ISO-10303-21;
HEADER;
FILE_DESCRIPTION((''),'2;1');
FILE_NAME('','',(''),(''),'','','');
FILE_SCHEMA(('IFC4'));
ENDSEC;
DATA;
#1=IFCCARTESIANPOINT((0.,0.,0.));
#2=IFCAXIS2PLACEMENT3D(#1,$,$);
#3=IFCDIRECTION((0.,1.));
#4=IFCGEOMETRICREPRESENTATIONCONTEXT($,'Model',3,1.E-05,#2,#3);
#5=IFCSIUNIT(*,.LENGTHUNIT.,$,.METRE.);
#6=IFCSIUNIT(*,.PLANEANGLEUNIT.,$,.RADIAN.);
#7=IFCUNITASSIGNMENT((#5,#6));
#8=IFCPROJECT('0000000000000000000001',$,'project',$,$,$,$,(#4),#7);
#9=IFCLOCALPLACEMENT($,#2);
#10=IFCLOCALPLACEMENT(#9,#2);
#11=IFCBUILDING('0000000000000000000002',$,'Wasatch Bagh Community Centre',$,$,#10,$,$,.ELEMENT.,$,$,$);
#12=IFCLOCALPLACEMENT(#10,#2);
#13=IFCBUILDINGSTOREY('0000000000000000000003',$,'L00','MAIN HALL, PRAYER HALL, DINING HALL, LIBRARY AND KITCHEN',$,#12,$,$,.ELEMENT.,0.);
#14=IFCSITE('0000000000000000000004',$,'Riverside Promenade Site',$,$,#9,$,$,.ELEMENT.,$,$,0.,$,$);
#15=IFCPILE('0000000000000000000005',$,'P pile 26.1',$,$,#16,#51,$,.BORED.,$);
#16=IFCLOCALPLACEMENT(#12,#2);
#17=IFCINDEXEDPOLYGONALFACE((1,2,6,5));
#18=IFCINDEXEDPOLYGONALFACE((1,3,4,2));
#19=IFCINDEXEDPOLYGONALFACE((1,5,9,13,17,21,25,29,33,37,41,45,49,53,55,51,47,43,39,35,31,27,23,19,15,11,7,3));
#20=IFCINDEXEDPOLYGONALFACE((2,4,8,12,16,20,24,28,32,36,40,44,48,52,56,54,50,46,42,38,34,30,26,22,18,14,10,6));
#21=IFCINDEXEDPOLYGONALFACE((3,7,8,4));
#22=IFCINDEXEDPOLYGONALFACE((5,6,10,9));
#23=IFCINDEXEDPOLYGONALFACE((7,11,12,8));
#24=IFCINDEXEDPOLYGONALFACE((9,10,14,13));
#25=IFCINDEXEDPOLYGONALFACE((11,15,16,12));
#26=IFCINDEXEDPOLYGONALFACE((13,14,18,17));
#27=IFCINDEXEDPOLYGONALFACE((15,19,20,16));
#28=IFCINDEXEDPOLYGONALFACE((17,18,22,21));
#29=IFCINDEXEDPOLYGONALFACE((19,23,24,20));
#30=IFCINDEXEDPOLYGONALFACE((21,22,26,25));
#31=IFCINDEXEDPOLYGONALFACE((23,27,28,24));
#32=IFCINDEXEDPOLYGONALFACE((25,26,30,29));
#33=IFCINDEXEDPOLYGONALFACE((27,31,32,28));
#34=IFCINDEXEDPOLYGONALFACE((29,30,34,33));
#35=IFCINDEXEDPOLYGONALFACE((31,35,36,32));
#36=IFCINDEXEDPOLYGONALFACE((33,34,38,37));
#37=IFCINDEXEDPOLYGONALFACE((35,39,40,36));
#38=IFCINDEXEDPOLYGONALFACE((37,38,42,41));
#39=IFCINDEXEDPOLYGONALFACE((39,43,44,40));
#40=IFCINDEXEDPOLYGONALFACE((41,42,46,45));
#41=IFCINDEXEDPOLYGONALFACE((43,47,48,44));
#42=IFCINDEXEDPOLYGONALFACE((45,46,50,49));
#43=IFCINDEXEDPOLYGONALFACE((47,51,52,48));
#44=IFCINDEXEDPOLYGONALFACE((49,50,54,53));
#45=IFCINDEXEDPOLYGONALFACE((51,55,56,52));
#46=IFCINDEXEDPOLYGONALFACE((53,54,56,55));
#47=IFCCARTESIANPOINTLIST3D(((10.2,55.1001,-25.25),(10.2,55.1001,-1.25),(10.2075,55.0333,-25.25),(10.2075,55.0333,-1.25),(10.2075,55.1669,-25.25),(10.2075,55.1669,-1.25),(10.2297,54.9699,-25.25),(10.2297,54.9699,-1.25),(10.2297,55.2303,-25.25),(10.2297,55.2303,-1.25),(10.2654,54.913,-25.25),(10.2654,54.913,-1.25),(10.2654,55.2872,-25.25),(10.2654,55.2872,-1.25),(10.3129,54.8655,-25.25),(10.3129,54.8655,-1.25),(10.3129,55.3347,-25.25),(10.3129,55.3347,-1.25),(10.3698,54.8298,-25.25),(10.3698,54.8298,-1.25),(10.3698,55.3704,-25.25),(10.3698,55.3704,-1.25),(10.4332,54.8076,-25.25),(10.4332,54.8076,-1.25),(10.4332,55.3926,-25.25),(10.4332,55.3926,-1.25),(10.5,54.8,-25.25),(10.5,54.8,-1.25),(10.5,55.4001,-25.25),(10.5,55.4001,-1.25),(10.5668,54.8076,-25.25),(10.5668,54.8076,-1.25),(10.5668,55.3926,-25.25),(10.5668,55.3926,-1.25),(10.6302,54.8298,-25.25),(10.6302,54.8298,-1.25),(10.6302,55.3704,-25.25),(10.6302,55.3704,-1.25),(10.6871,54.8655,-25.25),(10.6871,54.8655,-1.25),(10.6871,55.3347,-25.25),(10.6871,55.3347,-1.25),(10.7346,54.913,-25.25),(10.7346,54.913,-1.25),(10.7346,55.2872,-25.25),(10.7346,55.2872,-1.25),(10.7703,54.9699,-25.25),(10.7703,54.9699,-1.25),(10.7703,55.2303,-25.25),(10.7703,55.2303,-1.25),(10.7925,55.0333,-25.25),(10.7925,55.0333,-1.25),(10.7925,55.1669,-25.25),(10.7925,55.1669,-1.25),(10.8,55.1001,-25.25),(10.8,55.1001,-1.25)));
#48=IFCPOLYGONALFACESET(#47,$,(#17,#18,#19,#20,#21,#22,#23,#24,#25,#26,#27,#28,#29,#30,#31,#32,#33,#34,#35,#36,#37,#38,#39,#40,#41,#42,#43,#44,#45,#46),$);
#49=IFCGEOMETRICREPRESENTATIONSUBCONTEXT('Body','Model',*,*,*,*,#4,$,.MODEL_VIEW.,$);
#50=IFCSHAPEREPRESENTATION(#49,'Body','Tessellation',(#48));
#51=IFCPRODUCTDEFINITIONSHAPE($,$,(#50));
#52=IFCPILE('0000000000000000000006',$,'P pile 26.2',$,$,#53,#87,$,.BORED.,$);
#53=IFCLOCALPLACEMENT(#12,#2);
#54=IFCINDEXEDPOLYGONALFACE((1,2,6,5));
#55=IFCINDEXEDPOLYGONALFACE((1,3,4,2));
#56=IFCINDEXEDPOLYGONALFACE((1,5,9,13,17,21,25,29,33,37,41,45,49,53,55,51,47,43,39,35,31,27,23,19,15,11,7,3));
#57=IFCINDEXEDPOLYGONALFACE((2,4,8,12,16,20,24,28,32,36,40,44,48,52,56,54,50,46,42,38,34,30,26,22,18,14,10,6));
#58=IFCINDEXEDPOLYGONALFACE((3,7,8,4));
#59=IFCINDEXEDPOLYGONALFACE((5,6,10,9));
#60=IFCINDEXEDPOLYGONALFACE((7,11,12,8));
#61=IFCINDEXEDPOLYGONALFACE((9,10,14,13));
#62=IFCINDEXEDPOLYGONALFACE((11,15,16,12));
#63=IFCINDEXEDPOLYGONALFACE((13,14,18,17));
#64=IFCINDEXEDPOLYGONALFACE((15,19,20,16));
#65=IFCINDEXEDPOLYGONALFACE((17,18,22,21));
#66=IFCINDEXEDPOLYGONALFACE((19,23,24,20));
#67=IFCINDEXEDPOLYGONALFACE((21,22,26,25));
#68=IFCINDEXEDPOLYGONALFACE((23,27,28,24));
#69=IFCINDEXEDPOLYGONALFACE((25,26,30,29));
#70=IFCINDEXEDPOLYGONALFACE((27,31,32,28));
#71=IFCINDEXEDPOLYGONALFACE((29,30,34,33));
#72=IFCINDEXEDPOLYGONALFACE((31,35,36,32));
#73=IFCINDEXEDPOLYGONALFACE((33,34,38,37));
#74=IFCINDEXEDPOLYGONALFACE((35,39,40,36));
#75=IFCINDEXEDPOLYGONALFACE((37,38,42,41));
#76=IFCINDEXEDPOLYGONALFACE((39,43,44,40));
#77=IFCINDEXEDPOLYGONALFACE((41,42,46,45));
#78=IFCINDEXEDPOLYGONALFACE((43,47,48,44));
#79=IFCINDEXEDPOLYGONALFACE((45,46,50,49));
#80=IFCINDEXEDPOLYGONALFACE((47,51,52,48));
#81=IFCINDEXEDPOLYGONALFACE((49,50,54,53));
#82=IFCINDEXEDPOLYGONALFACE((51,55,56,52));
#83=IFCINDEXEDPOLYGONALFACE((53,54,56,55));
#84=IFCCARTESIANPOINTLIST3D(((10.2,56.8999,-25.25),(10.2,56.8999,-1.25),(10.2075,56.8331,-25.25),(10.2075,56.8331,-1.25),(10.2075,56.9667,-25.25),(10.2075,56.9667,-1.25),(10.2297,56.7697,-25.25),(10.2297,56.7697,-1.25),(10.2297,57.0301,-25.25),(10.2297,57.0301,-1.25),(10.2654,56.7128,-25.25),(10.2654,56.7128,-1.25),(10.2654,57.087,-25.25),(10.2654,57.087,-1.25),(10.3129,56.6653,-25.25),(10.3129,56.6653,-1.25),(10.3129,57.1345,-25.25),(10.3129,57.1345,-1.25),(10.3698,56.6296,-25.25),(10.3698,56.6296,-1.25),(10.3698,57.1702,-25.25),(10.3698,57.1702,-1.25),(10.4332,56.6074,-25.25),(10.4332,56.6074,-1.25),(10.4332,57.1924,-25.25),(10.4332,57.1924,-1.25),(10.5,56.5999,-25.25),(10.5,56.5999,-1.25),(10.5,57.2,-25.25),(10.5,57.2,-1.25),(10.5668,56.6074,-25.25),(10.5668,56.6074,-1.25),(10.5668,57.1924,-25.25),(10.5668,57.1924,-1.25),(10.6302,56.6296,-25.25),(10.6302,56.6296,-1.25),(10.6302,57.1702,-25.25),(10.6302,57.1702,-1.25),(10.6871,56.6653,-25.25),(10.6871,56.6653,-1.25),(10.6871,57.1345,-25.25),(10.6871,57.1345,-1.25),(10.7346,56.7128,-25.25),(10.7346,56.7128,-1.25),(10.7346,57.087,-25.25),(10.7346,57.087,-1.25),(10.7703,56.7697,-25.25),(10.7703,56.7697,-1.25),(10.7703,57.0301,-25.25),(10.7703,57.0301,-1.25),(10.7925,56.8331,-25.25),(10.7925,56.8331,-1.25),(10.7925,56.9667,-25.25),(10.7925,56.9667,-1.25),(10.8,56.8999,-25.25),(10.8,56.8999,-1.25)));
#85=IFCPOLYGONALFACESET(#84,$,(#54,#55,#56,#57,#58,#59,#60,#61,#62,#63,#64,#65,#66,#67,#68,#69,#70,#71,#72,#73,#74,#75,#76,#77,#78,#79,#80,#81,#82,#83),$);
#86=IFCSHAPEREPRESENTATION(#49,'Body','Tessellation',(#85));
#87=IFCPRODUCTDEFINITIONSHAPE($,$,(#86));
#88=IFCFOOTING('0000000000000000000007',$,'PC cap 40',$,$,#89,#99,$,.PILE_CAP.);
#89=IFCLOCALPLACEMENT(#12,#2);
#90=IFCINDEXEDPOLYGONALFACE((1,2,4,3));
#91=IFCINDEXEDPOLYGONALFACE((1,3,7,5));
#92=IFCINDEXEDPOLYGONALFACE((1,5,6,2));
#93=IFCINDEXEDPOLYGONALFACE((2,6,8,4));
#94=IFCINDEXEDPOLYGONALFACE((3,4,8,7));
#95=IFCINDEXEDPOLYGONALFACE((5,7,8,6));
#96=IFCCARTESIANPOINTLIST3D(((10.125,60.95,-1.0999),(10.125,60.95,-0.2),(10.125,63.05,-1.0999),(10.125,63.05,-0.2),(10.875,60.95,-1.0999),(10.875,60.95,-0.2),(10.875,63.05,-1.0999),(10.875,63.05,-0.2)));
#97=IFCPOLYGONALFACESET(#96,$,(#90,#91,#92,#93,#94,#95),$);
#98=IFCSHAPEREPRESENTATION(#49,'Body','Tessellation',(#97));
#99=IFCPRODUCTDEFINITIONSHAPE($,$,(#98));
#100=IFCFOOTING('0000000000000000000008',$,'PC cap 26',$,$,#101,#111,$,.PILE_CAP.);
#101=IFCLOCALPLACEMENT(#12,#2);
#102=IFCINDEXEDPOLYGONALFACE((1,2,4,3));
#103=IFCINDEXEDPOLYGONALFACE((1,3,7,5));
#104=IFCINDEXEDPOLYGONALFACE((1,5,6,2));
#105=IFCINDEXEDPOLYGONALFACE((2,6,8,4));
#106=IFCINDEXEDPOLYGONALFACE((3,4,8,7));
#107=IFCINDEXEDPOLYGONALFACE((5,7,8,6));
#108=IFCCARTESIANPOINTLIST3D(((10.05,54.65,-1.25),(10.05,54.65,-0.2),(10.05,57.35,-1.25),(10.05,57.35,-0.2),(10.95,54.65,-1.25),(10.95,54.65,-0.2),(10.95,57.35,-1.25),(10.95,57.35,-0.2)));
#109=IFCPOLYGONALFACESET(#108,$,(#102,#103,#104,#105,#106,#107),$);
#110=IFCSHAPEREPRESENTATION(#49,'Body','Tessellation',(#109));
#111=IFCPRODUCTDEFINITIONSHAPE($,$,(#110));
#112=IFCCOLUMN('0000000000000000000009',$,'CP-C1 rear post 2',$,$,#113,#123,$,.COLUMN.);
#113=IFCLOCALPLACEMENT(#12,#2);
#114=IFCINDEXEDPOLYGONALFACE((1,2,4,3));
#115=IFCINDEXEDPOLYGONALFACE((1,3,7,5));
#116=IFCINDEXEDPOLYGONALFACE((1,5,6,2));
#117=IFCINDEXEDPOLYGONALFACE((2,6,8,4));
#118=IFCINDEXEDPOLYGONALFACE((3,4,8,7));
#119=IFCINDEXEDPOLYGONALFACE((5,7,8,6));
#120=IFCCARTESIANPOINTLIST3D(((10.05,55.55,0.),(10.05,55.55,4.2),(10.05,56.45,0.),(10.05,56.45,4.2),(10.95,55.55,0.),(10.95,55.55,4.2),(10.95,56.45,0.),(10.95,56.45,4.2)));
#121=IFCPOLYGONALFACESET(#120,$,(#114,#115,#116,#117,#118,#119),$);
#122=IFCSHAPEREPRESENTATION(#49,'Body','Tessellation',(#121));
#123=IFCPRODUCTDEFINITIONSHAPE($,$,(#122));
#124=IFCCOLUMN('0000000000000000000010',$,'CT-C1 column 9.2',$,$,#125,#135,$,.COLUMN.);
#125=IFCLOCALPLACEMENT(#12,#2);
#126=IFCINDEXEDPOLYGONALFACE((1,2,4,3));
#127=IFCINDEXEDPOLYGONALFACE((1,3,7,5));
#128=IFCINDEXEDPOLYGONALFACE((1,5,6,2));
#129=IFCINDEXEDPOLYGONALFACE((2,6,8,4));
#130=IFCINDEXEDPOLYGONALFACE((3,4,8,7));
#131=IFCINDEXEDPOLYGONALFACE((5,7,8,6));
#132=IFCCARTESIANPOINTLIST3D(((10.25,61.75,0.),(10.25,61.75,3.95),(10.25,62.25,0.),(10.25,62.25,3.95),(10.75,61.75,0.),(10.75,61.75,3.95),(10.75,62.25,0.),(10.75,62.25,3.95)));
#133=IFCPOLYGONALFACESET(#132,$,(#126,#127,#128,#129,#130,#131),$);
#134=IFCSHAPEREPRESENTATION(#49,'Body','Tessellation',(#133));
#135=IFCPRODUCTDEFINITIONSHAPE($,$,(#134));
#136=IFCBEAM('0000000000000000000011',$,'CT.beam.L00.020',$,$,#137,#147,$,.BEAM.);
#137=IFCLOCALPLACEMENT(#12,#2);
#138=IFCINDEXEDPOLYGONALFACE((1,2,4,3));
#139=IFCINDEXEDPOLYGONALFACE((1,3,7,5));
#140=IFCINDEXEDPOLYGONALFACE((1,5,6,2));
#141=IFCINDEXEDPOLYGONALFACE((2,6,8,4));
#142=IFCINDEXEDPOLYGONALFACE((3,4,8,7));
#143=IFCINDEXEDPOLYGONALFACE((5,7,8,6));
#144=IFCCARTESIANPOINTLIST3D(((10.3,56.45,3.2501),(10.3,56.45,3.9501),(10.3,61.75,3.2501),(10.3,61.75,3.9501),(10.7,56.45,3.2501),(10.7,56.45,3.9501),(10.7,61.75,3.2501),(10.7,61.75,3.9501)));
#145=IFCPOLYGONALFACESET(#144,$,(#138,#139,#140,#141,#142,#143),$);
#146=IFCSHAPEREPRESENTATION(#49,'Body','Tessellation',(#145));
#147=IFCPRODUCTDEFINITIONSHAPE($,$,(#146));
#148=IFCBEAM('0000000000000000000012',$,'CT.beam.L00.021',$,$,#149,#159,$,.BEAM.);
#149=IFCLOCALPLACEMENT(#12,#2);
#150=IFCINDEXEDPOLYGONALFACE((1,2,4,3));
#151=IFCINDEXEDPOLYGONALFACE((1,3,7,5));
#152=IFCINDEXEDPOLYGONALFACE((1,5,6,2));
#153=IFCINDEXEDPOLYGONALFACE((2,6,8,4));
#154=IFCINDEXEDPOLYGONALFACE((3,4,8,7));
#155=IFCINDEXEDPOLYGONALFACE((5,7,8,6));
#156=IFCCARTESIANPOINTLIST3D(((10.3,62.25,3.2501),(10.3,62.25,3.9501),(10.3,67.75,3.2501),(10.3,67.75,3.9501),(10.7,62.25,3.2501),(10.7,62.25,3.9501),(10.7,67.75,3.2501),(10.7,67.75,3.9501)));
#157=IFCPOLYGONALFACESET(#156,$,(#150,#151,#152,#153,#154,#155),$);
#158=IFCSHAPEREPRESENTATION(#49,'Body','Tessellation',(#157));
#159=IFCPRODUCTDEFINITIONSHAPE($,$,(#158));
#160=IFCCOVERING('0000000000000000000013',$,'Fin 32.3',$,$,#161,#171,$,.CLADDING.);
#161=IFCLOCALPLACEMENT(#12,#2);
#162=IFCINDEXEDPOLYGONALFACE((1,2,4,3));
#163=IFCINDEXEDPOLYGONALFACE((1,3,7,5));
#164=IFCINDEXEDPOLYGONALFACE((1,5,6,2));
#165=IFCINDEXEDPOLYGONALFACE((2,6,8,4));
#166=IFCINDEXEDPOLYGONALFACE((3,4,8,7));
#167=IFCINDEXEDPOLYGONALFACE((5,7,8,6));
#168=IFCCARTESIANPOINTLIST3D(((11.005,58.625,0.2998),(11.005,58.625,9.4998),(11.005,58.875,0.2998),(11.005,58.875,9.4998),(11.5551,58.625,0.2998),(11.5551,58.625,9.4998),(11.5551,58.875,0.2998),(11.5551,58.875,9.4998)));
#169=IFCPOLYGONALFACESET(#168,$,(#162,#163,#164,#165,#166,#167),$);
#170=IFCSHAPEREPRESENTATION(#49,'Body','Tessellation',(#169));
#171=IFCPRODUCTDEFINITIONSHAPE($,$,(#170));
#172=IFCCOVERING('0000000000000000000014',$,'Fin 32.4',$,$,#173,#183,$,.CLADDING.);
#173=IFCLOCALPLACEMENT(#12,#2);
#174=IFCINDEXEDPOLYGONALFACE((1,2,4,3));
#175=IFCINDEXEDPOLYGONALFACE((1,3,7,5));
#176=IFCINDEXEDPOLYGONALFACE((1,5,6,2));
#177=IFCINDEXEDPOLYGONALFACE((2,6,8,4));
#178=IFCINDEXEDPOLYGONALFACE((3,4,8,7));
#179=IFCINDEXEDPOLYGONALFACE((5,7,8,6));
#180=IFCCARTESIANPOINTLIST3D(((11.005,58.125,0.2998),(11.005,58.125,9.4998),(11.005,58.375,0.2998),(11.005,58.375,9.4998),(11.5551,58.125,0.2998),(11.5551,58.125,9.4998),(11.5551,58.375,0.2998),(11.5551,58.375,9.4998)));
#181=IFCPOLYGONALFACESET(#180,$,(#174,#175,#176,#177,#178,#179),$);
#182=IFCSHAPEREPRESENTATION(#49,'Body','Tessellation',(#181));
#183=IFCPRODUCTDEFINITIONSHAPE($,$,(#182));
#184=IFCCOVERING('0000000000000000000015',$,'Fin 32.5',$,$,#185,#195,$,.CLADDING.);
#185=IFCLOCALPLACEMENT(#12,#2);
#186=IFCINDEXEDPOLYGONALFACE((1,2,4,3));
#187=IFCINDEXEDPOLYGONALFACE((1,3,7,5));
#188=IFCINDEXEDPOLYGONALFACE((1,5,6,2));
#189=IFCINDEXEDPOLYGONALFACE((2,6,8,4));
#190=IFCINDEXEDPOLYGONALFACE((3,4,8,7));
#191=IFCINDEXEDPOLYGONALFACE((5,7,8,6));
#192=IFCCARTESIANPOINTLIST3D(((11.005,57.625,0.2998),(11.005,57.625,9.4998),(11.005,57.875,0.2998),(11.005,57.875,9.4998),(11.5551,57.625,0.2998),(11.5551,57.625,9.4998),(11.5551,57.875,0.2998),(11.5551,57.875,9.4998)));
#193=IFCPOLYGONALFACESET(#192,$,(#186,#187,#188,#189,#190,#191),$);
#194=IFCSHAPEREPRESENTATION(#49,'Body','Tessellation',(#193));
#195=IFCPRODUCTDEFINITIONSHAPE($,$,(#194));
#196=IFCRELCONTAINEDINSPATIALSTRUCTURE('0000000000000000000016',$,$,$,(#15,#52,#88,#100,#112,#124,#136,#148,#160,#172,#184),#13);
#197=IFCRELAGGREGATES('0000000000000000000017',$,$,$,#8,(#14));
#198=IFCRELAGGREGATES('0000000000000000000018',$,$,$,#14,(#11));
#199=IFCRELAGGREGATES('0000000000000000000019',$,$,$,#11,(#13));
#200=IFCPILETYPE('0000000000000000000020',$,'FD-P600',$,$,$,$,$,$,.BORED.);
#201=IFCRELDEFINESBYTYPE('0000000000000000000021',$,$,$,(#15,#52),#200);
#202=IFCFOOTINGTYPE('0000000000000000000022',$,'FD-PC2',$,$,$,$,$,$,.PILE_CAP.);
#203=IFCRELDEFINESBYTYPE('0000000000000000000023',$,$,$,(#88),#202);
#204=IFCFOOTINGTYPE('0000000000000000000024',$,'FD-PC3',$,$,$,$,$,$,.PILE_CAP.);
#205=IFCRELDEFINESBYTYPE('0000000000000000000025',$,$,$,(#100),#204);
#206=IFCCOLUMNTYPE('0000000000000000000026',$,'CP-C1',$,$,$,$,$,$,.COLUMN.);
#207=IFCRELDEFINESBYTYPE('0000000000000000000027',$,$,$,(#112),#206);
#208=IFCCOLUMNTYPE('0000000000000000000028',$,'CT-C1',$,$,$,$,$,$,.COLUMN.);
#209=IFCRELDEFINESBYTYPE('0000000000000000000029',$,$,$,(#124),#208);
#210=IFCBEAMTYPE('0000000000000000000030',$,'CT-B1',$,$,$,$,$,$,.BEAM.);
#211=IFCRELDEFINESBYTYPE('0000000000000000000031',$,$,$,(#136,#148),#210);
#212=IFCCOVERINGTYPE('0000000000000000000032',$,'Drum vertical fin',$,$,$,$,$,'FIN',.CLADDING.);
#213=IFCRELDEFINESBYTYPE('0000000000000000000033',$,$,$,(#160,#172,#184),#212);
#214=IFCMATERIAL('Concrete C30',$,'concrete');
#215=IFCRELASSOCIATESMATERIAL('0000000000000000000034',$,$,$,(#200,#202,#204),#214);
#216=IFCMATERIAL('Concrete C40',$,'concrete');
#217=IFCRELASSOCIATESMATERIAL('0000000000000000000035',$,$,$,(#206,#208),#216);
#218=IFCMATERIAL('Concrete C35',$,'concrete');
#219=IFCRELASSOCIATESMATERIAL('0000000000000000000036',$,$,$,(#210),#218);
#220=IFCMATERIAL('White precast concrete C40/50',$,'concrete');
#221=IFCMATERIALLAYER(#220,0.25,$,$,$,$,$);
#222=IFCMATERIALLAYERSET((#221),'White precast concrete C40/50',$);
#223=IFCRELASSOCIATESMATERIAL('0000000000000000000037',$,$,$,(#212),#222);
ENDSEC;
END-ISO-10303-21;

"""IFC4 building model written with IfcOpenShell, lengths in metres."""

from ifc_helpers import new_model, si_unit, direction, frame, origin, origin_2d, place, context, subcontext, project, spatial, rectangle, circle, extrude, material, layer, layer_set, material_profile, profile_set, type_object, element, save


model = new_model("IFC4")

# Units and contexts
model_context = context("Model", 3, precision=1e-05, world=origin(), true_north=direction((0.0, 1.0)))
body_context = subcontext(model_context, "Body", "Model", "MODEL_VIEW")
ifc_project = project(units=[si_unit("LENGTHUNIT", "METRE"), si_unit("PLANEANGLEUNIT", "RADIAN")], contexts=[model_context])

# Site, building, storey
site_placement = place(None, origin())
site = spatial("IfcSite", under=ifc_project, at=site_placement, Name="Riverside Promenade Site", CompositionType="ELEMENT", RefElevation=0.0)
building_placement = place(site_placement, origin())
building = spatial("IfcBuilding", under=site, at=building_placement, Name="Wasatch Bagh Community Centre", CompositionType="ELEMENT")
storey_placement = place(building_placement, origin())
storey = spatial("IfcBuildingStorey", under=building, at=storey_placement, Name="L00", Description="MAIN HALL, PRAYER HALL, DINING HALL, LIBRARY AND KITCHEN", CompositionType="ELEMENT", Elevation=0.0)

# Shared definitions
ifc_material_1 = material(Name="Concrete C35", Category="concrete")

# Piles
ifc_material_2 = material(Name="Concrete C30", Category="concrete")
ifc_material_profile_1 = material_profile(ifc_material_2, circle(Radius=0.3, at=origin_2d()), Name="RC D600")
ifc_profile_set_1 = profile_set([ifc_material_profile_1], Name="Concrete C30")
pile_type_1 = type_object("IfcPileType", Name="FD-P600", PredefinedType="BORED", material=ifc_profile_set_1)
for number, where, z_axis, x_axis, name in (
    (1, (10.5, 55.1001, -1.25), (0.0, 0.0, -1.0), (1.0, 0.0, 0.0), "P pile 26.1"),
    (2, (10.5, 56.8999, -1.25), (0.0, 0.0, -1.0), (1.0, 0.0, 0.0), "P pile 26.2"),
):
    element("IfcPile", number, at=place(storey_placement, frame(where, z_axis=z_axis, x_axis=x_axis)), inside=storey, type_object=pile_type_1, Name=name, PredefinedType="BORED", context=body_context, shape_type="SweptSolid", body=[
        extrude(circle(Radius=0.3, at=origin_2d()), origin(), (0.0, 0.0, 1.0), 24.0),
    ])

# Footings
footing_type_1 = type_object("IfcFootingType", Name="FD-PC2", PredefinedType="PILE_CAP", material=ifc_material_2)
footing_1_placement = place(storey_placement, frame((10.5, 62.0, -1.0999), z_axis=(0.0, 0.0, 1.0), x_axis=(0.0, 1.0, 0.0)))
element("IfcFooting", 3, at=footing_1_placement, inside=storey, type_object=footing_type_1, Name="PC cap 40", PredefinedType="PILE_CAP", context=body_context, shape_type="SweptSolid", body=[
    extrude(rectangle(XDim=2.1001, YDim=0.75, at=origin_2d()), origin(), (0.0, 0.0, 1.0), 0.8999),
])
footing_type_2 = type_object("IfcFootingType", Name="FD-PC3", PredefinedType="PILE_CAP", material=ifc_material_2)
footing_2_placement = place(storey_placement, frame((10.5, 56.0, -1.25), z_axis=(0.0, 0.0, 1.0), x_axis=(0.0, 1.0, 0.0)))
element("IfcFooting", 4, at=footing_2_placement, inside=storey, type_object=footing_type_2, Name="PC cap 26", PredefinedType="PILE_CAP", context=body_context, shape_type="SweptSolid", body=[
    extrude(rectangle(XDim=2.7, YDim=0.8999, at=origin_2d()), origin(), (0.0, 0.0, 1.0), 1.05),
])

# Columns
ifc_material_3 = material(Name="Concrete C40", Category="concrete")
ifc_material_profile_2 = material_profile(ifc_material_3, rectangle(XDim=0.8999, YDim=0.8999, at=origin_2d()), Name="RC 900x900")
ifc_profile_set_2 = profile_set([ifc_material_profile_2], Name="Concrete C40")
column_type_1 = type_object("IfcColumnType", Name="CP-C1", PredefinedType="COLUMN", material=ifc_profile_set_2)
column_1_placement = place(storey_placement, frame((10.5, 56.0, 0.0), z_axis=(0.0, 0.0, 1.0), x_axis=(1.0, 0.0, 0.0)))
element("IfcColumn", 5, at=column_1_placement, inside=storey, type_object=column_type_1, Name="CP-C1 rear post 2", PredefinedType="COLUMN", context=body_context, shape_type="SweptSolid", body=[
    extrude(rectangle(XDim=0.8999, YDim=0.8999, at=origin_2d()), origin(), (0.0, 0.0, 1.0), 4.2),
])
ifc_material_profile_3 = material_profile(ifc_material_3, rectangle(XDim=0.5, YDim=0.5, at=origin_2d()), Name="RC 500x500")
ifc_profile_set_3 = profile_set([ifc_material_profile_3], Name="Concrete C40")
column_type_2 = type_object("IfcColumnType", Name="CT-C1", PredefinedType="COLUMN", material=ifc_profile_set_3)
column_2_placement = place(storey_placement, frame((10.5, 62.0, 0.0), z_axis=(0.0, 0.0, 1.0), x_axis=(1.0, 0.0, 0.0)))
element("IfcColumn", 6, at=column_2_placement, inside=storey, type_object=column_type_2, Name="CT-C1 column 9.2", PredefinedType="COLUMN", context=body_context, shape_type="SweptSolid", body=[
    extrude(rectangle(XDim=0.5, YDim=0.5, at=origin_2d()), origin(), (0.0, 0.0, 1.0), 3.95),
])

# Beams
ifc_material_profile_4 = material_profile(ifc_material_1, rectangle(XDim=0.3999, YDim=0.7, at=origin_2d()), Name="RC 400x700")
ifc_profile_set_4 = profile_set([ifc_material_profile_4], Name="Concrete C35")
beam_type = type_object("IfcBeamType", Name="CT-B1", PredefinedType="BEAM", material=ifc_profile_set_4)
beam_1_placement = place(storey_placement, frame((10.5, 56.45, 3.6001), z_axis=(0.0, 1.0, 0.0), x_axis=(-1.0, 0.0, 0.0)))
element("IfcBeam", 7, at=beam_1_placement, inside=storey, type_object=beam_type, Name="CT.beam.L00.020", PredefinedType="BEAM", context=body_context, shape_type="SweptSolid", body=[
    extrude(rectangle(XDim=0.3999, YDim=0.7, at=origin_2d()), origin(), (0.0, 0.0, 1.0), 5.3),
])
beam_2_placement = place(storey_placement, frame((10.5, 62.25, 3.6001), z_axis=(0.0, 1.0, 0.0), x_axis=(-1.0, 0.0, 0.0)))
element("IfcBeam", 8, at=beam_2_placement, inside=storey, type_object=beam_type, Name="CT.beam.L00.021", PredefinedType="BEAM", context=body_context, shape_type="SweptSolid", body=[
    extrude(rectangle(XDim=0.3999, YDim=0.7, at=origin_2d()), origin(), (0.0, 0.0, 1.0), 5.5),
])

# Coverings
ifc_material_4 = material(Name="White precast concrete C40/50", Category="concrete")
ifc_layer = layer(ifc_material_4, 0.25)
ifc_layer_set = layer_set([ifc_layer], Name="White precast concrete C40/50")
covering_type = type_object("IfcCoveringType", Name="Drum vertical fin", ElementType="FIN", PredefinedType="CLADDING", material=ifc_layer_set)
for number, where, z_axis, x_axis, name in (
    (9, (11.28, 58.75, 0.2998), (0.0, 0.0, 1.0), (0.0, -1.0, 0.0), "Fin 32.3"),
    (10, (11.28, 58.25, 0.2998), (0.0, 0.0, 1.0), (0.0, -1.0, 0.0), "Fin 32.4"),
    (11, (11.28, 57.75, 0.2998), (0.0, 0.0, 1.0), (0.0, -1.0, 0.0), "Fin 32.5"),
):
    element("IfcCovering", number, at=place(storey_placement, frame(where, z_axis=z_axis, x_axis=x_axis)), inside=storey, type_object=covering_type, Name=name, PredefinedType="CLADDING", context=body_context, shape_type="SweptSolid", body=[
        extrude(rectangle(XDim=0.25, YDim=0.55, at=origin_2d()), origin(), (0.0, 0.0, 1.0), 9.2),
    ])

save(model, "model.ifc")
